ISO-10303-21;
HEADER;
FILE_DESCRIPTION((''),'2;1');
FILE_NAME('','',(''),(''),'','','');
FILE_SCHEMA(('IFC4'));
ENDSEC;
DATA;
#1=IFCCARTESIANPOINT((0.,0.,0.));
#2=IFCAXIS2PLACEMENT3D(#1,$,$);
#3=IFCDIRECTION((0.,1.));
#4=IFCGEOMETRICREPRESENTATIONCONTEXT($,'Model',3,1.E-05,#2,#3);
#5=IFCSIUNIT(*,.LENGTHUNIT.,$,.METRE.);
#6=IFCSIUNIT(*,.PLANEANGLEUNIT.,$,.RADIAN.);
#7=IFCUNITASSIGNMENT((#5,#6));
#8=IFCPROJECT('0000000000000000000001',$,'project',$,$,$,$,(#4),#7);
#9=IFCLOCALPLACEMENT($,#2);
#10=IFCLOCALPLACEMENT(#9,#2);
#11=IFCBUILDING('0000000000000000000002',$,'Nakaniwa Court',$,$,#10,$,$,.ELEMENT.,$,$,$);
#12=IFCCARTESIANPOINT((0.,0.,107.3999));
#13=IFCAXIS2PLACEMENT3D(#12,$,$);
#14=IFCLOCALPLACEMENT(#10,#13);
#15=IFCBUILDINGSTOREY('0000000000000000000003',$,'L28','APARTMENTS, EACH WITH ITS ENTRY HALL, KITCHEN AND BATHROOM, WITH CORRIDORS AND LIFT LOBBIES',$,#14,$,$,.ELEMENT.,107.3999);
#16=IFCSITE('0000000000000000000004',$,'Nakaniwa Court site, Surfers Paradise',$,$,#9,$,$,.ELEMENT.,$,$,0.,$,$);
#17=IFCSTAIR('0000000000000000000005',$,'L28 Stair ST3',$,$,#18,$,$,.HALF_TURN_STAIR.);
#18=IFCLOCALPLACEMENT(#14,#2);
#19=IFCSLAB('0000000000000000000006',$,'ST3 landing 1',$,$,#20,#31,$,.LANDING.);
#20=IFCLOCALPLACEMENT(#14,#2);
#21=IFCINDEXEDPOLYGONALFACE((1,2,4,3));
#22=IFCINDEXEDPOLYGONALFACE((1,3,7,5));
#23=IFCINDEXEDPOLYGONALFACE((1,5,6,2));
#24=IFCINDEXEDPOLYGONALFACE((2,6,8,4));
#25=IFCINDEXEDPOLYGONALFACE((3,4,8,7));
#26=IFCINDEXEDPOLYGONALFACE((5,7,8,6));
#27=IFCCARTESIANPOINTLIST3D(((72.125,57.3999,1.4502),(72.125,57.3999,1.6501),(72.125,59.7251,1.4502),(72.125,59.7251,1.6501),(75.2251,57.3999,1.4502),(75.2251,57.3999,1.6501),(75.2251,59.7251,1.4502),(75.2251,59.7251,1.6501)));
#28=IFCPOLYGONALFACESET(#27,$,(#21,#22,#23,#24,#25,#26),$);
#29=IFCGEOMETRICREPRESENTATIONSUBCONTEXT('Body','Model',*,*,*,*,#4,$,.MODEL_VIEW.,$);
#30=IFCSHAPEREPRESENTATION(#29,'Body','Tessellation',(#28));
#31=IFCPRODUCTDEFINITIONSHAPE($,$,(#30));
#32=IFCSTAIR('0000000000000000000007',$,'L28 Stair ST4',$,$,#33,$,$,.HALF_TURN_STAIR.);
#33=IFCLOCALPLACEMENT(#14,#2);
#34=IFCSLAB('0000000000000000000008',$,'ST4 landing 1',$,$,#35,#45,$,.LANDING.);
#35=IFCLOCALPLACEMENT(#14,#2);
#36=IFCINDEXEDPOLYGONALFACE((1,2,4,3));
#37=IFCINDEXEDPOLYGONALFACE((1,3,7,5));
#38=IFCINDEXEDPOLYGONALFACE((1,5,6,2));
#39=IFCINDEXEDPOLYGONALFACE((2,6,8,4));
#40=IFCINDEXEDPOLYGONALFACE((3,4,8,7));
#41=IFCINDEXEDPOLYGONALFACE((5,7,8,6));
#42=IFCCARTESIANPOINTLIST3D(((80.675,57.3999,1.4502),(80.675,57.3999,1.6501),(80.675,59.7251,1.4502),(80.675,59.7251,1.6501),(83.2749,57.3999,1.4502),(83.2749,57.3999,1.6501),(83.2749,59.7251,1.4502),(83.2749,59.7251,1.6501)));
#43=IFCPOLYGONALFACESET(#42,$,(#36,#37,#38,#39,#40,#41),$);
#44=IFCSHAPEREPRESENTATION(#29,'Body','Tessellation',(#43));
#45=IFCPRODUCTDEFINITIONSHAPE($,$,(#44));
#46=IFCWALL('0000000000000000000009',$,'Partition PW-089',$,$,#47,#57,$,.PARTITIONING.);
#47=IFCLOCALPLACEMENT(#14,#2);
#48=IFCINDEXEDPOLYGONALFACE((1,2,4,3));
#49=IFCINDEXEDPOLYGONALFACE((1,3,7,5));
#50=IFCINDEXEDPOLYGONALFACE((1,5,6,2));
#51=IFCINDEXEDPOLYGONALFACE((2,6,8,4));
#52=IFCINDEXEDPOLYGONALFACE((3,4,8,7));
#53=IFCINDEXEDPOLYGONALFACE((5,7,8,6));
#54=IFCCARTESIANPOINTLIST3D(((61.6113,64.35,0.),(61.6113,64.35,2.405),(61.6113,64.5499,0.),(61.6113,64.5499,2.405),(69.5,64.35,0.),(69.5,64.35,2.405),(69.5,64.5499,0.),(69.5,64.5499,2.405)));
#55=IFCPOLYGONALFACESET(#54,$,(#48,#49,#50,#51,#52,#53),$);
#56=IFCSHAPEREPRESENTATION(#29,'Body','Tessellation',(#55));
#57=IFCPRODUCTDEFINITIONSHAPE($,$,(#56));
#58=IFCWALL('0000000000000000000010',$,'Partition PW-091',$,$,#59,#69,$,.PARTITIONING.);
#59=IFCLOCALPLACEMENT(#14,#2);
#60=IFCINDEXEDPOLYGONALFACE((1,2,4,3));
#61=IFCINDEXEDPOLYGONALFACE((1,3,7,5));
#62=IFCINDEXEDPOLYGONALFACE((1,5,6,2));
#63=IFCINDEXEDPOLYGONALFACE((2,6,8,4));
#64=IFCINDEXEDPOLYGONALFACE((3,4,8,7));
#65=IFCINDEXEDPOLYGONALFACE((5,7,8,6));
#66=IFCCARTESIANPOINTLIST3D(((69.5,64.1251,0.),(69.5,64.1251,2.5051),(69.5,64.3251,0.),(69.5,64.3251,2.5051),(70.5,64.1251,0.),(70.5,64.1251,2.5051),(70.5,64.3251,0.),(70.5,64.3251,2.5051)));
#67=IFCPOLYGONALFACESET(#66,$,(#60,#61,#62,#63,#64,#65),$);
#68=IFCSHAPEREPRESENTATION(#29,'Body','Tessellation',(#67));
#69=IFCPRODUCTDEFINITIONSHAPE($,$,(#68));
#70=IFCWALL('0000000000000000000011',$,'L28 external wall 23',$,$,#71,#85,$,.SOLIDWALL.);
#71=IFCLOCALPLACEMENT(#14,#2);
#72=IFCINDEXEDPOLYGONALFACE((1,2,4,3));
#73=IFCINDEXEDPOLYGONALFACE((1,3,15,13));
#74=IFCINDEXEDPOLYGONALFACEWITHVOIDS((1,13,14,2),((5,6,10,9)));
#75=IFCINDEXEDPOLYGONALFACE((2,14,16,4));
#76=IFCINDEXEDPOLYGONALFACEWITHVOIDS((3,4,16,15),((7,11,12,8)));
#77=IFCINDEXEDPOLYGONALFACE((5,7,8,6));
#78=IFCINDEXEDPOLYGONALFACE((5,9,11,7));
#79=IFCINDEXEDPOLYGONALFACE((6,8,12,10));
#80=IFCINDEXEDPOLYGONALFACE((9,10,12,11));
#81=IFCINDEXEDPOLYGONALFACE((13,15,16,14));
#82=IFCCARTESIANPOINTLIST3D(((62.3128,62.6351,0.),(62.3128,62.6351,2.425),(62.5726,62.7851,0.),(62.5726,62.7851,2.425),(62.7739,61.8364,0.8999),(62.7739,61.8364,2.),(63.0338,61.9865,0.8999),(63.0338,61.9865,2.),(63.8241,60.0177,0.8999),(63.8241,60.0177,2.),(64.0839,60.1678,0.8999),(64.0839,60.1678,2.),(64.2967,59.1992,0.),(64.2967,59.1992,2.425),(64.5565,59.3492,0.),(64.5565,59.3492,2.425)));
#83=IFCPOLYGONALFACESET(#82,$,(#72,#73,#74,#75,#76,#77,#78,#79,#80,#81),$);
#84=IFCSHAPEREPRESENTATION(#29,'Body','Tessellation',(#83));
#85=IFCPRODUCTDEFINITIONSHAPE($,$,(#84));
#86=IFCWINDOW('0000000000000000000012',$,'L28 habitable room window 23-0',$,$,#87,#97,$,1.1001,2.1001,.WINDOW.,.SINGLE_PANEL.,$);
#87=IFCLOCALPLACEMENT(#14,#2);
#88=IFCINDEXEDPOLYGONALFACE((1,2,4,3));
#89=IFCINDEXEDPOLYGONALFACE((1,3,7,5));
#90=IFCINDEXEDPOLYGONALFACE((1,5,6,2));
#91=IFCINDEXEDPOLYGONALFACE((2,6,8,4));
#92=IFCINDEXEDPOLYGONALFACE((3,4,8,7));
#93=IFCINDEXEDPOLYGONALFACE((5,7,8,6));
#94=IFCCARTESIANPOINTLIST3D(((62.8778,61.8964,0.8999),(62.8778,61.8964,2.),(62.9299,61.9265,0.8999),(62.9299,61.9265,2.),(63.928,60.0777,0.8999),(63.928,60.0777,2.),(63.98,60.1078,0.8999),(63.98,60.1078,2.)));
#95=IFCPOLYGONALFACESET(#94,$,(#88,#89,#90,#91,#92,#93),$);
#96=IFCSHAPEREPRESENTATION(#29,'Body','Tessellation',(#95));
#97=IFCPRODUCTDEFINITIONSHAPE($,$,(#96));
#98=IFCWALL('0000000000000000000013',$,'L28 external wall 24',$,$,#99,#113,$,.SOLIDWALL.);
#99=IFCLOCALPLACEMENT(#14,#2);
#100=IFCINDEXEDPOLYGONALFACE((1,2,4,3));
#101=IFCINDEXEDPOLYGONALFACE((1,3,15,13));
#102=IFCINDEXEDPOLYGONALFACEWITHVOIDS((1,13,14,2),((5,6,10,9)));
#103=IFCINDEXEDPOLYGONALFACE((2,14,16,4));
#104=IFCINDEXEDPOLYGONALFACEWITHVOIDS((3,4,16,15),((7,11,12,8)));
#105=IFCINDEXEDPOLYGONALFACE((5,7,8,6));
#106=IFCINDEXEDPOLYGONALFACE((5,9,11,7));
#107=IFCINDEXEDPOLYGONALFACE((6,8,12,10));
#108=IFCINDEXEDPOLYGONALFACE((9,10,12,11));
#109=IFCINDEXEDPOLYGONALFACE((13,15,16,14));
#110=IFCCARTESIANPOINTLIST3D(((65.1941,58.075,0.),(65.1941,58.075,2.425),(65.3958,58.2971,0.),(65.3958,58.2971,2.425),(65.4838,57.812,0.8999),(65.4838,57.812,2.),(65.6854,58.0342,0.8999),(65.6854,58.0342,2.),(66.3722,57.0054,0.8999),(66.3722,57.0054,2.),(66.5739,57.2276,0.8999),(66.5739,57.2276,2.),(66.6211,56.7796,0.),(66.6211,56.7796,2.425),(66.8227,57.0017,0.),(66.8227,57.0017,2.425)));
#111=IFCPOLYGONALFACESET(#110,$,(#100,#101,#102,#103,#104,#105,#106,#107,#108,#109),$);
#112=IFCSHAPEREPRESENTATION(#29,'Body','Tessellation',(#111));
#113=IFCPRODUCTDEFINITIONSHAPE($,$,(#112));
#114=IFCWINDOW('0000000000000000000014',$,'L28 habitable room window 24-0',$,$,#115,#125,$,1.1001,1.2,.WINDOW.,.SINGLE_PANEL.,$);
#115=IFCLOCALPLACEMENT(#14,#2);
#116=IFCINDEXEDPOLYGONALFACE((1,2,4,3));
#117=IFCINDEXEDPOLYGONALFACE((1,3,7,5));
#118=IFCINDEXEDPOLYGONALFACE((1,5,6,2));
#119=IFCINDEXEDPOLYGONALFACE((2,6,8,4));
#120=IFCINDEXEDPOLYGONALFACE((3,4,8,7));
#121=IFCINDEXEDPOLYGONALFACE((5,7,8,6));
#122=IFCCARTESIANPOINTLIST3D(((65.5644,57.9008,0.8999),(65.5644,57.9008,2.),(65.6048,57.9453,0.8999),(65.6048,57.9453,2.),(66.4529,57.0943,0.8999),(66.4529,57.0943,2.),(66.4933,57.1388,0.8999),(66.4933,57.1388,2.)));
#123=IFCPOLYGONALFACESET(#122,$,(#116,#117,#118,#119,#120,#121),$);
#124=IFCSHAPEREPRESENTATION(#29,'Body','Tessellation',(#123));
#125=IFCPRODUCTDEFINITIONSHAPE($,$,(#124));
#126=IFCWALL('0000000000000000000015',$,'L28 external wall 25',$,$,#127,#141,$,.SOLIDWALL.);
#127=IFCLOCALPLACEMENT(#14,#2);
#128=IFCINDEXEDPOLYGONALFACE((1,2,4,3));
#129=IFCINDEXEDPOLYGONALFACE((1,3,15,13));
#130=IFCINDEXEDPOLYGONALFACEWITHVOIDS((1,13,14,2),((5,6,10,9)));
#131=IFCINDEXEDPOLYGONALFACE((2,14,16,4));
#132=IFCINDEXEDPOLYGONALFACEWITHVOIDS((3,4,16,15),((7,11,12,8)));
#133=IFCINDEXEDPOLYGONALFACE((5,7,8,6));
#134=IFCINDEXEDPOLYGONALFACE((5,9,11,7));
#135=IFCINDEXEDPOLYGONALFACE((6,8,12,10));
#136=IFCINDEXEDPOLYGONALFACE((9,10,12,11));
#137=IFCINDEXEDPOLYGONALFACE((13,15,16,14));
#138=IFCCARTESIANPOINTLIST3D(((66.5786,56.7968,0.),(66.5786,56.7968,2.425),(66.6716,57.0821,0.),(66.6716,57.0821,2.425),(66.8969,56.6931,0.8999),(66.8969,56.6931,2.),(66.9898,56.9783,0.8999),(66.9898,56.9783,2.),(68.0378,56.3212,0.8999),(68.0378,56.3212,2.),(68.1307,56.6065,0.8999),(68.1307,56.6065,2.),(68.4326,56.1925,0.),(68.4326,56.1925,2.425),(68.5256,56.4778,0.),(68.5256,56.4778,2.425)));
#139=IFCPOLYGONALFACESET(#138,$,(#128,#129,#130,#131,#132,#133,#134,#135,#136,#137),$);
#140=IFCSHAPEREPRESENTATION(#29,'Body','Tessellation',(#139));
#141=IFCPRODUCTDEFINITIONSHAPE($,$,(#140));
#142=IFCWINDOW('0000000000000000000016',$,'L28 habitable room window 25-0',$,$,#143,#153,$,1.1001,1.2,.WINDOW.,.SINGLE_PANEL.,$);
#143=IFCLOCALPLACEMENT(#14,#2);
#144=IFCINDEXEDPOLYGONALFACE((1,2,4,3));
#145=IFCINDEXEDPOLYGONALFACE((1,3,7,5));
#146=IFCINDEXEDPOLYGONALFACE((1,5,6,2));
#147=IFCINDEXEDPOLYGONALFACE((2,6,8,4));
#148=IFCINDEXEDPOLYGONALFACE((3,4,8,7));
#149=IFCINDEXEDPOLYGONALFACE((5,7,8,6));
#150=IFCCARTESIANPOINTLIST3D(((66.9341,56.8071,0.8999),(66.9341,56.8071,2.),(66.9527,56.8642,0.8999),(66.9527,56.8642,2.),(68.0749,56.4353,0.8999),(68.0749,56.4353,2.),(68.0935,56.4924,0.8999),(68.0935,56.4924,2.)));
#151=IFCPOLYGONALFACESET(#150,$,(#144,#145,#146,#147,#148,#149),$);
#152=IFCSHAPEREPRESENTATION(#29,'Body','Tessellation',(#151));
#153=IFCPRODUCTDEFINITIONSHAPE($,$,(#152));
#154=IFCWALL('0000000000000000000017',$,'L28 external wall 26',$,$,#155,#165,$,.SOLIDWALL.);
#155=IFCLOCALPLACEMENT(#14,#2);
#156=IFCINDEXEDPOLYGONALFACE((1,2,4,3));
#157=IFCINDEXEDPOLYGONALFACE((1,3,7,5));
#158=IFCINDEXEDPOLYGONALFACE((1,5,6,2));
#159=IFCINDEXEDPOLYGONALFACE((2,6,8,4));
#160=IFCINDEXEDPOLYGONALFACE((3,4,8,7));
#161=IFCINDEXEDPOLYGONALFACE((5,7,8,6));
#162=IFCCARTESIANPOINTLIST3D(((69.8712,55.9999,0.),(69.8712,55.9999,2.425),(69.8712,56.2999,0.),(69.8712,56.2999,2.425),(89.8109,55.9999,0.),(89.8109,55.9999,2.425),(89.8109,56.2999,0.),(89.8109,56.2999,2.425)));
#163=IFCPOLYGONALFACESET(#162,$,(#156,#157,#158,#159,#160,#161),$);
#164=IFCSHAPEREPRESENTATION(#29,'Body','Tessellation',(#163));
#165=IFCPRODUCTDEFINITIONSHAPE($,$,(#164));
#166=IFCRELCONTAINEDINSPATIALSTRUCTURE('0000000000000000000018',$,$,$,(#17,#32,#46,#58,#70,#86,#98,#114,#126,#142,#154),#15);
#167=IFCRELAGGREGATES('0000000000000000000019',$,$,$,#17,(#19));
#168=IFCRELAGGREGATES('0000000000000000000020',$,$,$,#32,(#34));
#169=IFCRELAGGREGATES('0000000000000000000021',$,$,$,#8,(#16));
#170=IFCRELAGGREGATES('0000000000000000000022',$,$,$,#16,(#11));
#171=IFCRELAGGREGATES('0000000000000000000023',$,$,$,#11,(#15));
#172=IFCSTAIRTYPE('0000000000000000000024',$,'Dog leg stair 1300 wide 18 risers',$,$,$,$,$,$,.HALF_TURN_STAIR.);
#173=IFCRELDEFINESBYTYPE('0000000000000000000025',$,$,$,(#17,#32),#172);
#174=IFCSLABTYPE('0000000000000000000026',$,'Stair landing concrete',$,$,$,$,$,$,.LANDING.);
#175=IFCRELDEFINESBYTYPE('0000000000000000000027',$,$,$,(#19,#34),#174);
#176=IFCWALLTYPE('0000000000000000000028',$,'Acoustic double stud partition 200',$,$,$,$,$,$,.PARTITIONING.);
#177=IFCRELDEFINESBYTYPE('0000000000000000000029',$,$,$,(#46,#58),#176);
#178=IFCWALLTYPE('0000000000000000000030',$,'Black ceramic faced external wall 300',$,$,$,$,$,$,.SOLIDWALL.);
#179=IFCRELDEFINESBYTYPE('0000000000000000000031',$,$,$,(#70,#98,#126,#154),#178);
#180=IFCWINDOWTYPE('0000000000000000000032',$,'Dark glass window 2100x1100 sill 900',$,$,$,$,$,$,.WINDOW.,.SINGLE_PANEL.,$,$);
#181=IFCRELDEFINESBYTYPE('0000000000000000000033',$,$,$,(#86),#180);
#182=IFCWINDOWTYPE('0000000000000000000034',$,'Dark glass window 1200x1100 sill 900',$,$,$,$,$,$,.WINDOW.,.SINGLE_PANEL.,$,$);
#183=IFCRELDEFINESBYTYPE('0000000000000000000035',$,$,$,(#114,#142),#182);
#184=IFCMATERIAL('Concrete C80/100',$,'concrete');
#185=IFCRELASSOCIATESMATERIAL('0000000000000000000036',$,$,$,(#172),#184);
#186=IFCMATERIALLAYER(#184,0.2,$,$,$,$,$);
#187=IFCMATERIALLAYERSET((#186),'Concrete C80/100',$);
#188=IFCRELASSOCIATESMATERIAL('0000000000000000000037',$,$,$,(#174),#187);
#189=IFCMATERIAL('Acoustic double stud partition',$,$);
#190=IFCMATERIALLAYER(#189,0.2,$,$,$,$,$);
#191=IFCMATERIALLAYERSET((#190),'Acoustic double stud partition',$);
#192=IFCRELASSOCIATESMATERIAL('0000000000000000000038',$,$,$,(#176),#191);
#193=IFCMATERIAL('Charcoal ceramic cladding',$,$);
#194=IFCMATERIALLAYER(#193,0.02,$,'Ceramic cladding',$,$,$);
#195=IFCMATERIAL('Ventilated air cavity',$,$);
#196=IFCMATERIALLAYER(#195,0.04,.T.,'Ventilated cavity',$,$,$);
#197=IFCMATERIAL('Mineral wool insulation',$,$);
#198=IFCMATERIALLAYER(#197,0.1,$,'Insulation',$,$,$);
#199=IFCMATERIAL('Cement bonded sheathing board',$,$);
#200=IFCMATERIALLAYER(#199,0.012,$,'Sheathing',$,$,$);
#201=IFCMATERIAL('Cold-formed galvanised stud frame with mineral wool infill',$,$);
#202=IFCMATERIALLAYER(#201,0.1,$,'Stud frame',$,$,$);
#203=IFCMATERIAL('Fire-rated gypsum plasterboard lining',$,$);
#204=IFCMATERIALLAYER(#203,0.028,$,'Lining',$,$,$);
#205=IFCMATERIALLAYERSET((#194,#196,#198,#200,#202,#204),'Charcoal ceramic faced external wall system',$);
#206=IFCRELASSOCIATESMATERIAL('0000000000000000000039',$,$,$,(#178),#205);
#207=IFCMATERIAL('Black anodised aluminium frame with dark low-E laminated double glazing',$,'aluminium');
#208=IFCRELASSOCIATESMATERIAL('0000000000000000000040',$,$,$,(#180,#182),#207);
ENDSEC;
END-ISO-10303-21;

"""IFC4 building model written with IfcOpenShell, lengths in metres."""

from ifc_helpers import new_model, si_unit, direction, frame, frame_2d, origin, place, context, subcontext, project, spatial, polyline, rectangle, outline, extrude, material, layer, layer_set, type_object, element, fill, aggregate, save


model = new_model("IFC4")

# Units and contexts
model_context = context("Model", 3, precision=1e-05, world=origin(), true_north=direction((0.0, 1.0)))
body_context = subcontext(model_context, "Body", "Model", "MODEL_VIEW")
ifc_project = project(units=[si_unit("LENGTHUNIT", "METRE"), si_unit("PLANEANGLEUNIT", "RADIAN")], contexts=[model_context])

# Site, building, storey
site_placement = place(None, origin())
site = spatial("IfcSite", under=ifc_project, at=site_placement, Name="Nakaniwa Court site, Surfers Paradise", CompositionType="ELEMENT", RefElevation=0.0)
building_placement = place(site_placement, origin())
building = spatial("IfcBuilding", under=site, at=building_placement, Name="Nakaniwa Court", CompositionType="ELEMENT")
storey_placement = place(building_placement, frame((0.0, 0.0, 107.3999)))
storey = spatial("IfcBuildingStorey", under=building, at=storey_placement, Name="L28", Description="APARTMENTS, EACH WITH ITS ENTRY HALL, KITCHEN AND BATHROOM, WITH CORRIDORS AND LIFT LOBBIES", CompositionType="ELEMENT", Elevation=107.3999)

# Shared definitions
ifc_material_1 = material(Name="Concrete C80/100", Category="concrete")

# Stairs, slabs
stair_type = type_object("IfcStairType", Name="Dog leg stair 1300 wide 18 risers", PredefinedType="HALF_TURN_STAIR", material=ifc_material_1)
ifc_layer_1 = layer(ifc_material_1, 0.2)
ifc_layer_set_1 = layer_set([ifc_layer_1], Name="Concrete C80/100")
slab_type_1 = type_object("IfcSlabType", Name="Stair landing concrete", PredefinedType="LANDING", material=ifc_layer_set_1)
stair_1_placement = place(storey_placement, origin())
stair_1 = element("IfcStair", 1, at=stair_1_placement, inside=storey, type_object=stair_type, Name="L28 Stair ST3", PredefinedType="HALF_TURN_STAIR")
slab_1_placement = place(storey_placement, frame((0.0, 0.0, 1.4502)))
slab_1 = element("IfcSlab", 2, at=slab_1_placement, type_object=slab_type_1, Name="ST3 landing 1", PredefinedType="LANDING", context=body_context, shape_type="SweptSolid", body=[
    extrude(outline(polyline([(75.2251, 57.3999), (75.2251, 59.7251), (72.125, 59.7251), (72.125, 57.3999), (75.2251, 57.3999)])), origin(), (0.0, 0.0, 1.0), 0.2),
])
aggregate(stair_1, [slab_1])
stair_2_placement = place(storey_placement, origin())
stair_2 = element("IfcStair", 3, at=stair_2_placement, inside=storey, type_object=stair_type, Name="L28 Stair ST4", PredefinedType="HALF_TURN_STAIR")
slab_2_placement = place(storey_placement, frame((0.0, 0.0, 1.4502)))
slab_2 = element("IfcSlab", 4, at=slab_2_placement, type_object=slab_type_1, Name="ST4 landing 1", PredefinedType="LANDING", context=body_context, shape_type="SweptSolid", body=[
    extrude(outline(polyline([(83.2749, 57.3999), (83.2749, 59.7251), (80.675, 59.7251), (80.675, 57.3999), (83.2749, 57.3999)])), origin(), (0.0, 0.0, 1.0), 0.2),
])
aggregate(stair_2, [slab_2])

# Walls
ifc_material_2 = material(Name="Acoustic double stud partition")
ifc_layer_2 = layer(ifc_material_2, 0.2)
ifc_layer_set_2 = layer_set([ifc_layer_2], Name="Acoustic double stud partition")
wall_type_1 = type_object("IfcWallType", Name="Acoustic double stud partition 200", PredefinedType="PARTITIONING", material=ifc_layer_set_2)
wall_1_placement = place(storey_placement, frame((61.6113, 64.45, 0.0), z_axis=(0.0, 0.0, 1.0), x_axis=(1.0, 0.0, 0.0)))
element("IfcWall", 5, at=wall_1_placement, inside=storey, type_object=wall_type_1, Name="Partition PW-089", PredefinedType="PARTITIONING", context=body_context, shape_type="SweptSolid", body=[
    extrude(rectangle(XDim=7.8887, YDim=0.2, at=frame_2d((3.9443, 0.0))), origin(), (0.0, 0.0, 1.0), 2.405),
])
wall_2_placement = place(storey_placement, frame((69.5, 64.2251, 0.0), z_axis=(0.0, 0.0, 1.0), x_axis=(1.0, 0.0, 0.0)))
element("IfcWall", 6, at=wall_2_placement, inside=storey, type_object=wall_type_1, Name="Partition PW-091", PredefinedType="PARTITIONING", context=body_context, shape_type="SweptSolid", body=[
    extrude(rectangle(XDim=1.0, YDim=0.2, at=frame_2d((0.5, 0.0))), origin(), (0.0, 0.0, 1.0), 2.5051),
])

# Walls, openings, windows
ifc_material_3 = material(Name="Charcoal ceramic cladding")
ifc_layer_3 = layer(ifc_material_3, 0.02, Name="Ceramic cladding")
ifc_material_4 = material(Name="Ventilated air cavity")
ifc_layer_4 = layer(ifc_material_4, 0.04, ventilated=True, Name="Ventilated cavity")
ifc_material_5 = material(Name="Mineral wool insulation")
ifc_layer_5 = layer(ifc_material_5, 0.1, Name="Insulation")
ifc_material_6 = material(Name="Cement bonded sheathing board")
ifc_layer_6 = layer(ifc_material_6, 0.012, Name="Sheathing")
ifc_material_7 = material(Name="Cold-formed galvanised stud frame with mineral wool infill")
ifc_layer_7 = layer(ifc_material_7, 0.1, Name="Stud frame")
ifc_material_8 = material(Name="Fire-rated gypsum plasterboard lining")
ifc_layer_8 = layer(ifc_material_8, 0.028, Name="Lining")
ifc_layer_set_3 = layer_set([ifc_layer_3, ifc_layer_4, ifc_layer_5, ifc_layer_6, ifc_layer_7, ifc_layer_8], Name="Charcoal ceramic faced external wall system")
wall_type_2 = type_object("IfcWallType", Name="Black ceramic faced external wall 300", PredefinedType="SOLIDWALL", material=ifc_layer_set_3)
wall_3_placement = place(storey_placement, frame((62.4426, 62.7102, 0.0), z_axis=(0.0, 0.0, 1.0), x_axis=(0.500044, -0.866, 0.0)))
wall_3 = element("IfcWall", 7, at=wall_3_placement, inside=storey, type_object=wall_type_2, Name="L28 external wall 23", PredefinedType="SOLIDWALL", context=body_context, shape_type="SweptSolid", body=[
    extrude(rectangle(XDim=3.9675, YDim=0.3, at=frame_2d((1.9839, 0.0))), origin(), (0.0, 0.0, 1.0), 2.425),
])
opening_1_placement = place(wall_3_placement, frame((0.9224, 0.0, 0.8999)))
opening_1 = element("IfcOpeningElement", 8, at=opening_1_placement, cuts=wall_3, PredefinedType="OPENING", context=body_context, shape_type="SweptSolid", body=[
    extrude(rectangle(XDim=2.1001, YDim=1.1001, at=frame_2d((1.05, 0.55))), frame((0.0, 0.1599, 0.0), z_axis=(0.0, -1.0, 0.0), x_axis=(1.0, 0.0, 0.0)), (0.0, 0.0, 1.0), 0.3201),
])
ifc_material_9 = material(Name="Black anodised aluminium frame with dark low-E laminated double glazing", Category="aluminium")
window_type_1 = type_object("IfcWindowType", Name="Dark glass window 2100x1100 sill 900", PartitioningType="SINGLE_PANEL", PredefinedType="WINDOW", material=ifc_material_9)
window_1_placement = place(opening_1_placement, origin())
window_1 = element("IfcWindow", 9, at=window_1_placement, inside=storey, type_object=window_type_1, Name="L28 habitable room window 23-0", OverallHeight=1.1001, OverallWidth=2.1001, PartitioningType="SINGLE_PANEL", PredefinedType="WINDOW", context=body_context, shape_type="SweptSolid", body=[
    extrude(rectangle(XDim=2.1001, YDim=1.1001, at=frame_2d((1.05, 0.55))), frame((0.0, 0.03, 0.0), z_axis=(0.0, -1.0, 0.0), x_axis=(1.0, 0.0, 0.0)), (0.0, 0.0, 1.0), 0.0601),
])
fill(opening_1, window_1)
wall_4_placement = place(storey_placement, frame((65.2949, 58.186, 0.0), z_axis=(0.0, 0.0, 1.0), x_axis=(0.740421, -0.672143, 0.0)))
wall_4 = element("IfcWall", 10, at=wall_4_placement, inside=storey, type_object=wall_type_2, Name="L28 external wall 24", PredefinedType="SOLIDWALL", context=body_context, shape_type="SweptSolid", body=[
    extrude(rectangle(XDim=1.9272, YDim=0.3, at=frame_2d((0.9636, 0.0))), origin(), (0.0, 0.0, 1.0), 2.425),
])
opening_2_placement = place(wall_4_placement, frame((0.3911, 0.0, 0.8999)))
opening_2 = element("IfcOpeningElement", 11, at=opening_2_placement, cuts=wall_4, PredefinedType="OPENING", context=body_context, shape_type="SweptSolid", body=[
    extrude(rectangle(XDim=1.2, YDim=1.1001, at=frame_2d((0.6001, 0.55))), frame((0.0, 0.1599, 0.0), z_axis=(0.0, -1.0, 0.0), x_axis=(1.0, 0.0, 0.0)), (0.0, 0.0, 1.0), 0.3201),
])
window_type_2 = type_object("IfcWindowType", Name="Dark glass window 1200x1100 sill 900", PartitioningType="SINGLE_PANEL", PredefinedType="WINDOW", material=ifc_material_9)
window_2_placement = place(opening_2_placement, origin())
window_2 = element("IfcWindow", 12, at=window_2_placement, inside=storey, type_object=window_type_2, Name="L28 habitable room window 24-0", OverallHeight=1.1001, OverallWidth=1.2, PartitioningType="SINGLE_PANEL", PredefinedType="WINDOW", context=body_context, shape_type="SweptSolid", body=[
    extrude(rectangle(XDim=1.2, YDim=1.1001, at=frame_2d((0.6001, 0.55))), frame((0.0, 0.03, 0.0), z_axis=(0.0, -1.0, 0.0), x_axis=(1.0, 0.0, 0.0)), (0.0, 0.0, 1.0), 0.0601),
])
fill(opening_2, window_2)
wall_5_placement = place(storey_placement, frame((66.625, 56.9395, 0.0), z_axis=(0.0, 0.0, 1.0), x_axis=(0.950778, -0.309873, 0.0)))
wall_5 = element("IfcWall", 13, at=wall_5_placement, inside=storey, type_object=wall_type_2, Name="L28 external wall 25", PredefinedType="SOLIDWALL", context=body_context, shape_type="SweptSolid", body=[
    extrude(rectangle(XDim=1.95, YDim=0.3, at=frame_2d((0.9751, 0.0))), origin(), (0.0, 0.0, 1.0), 2.425),
])
opening_3_placement = place(wall_5_placement, frame((0.3347, 0.0, 0.8999)))
opening_3 = element("IfcOpeningElement", 14, at=opening_3_placement, cuts=wall_5, PredefinedType="OPENING", context=body_context, shape_type="SweptSolid", body=[
    extrude(rectangle(XDim=1.2, YDim=1.1001, at=frame_2d((0.6001, 0.55))), frame((0.0, 0.1599, 0.0), z_axis=(0.0, -1.0, 0.0), x_axis=(1.0, 0.0, 0.0)), (0.0, 0.0, 1.0), 0.3201),
])
window_3_placement = place(opening_3_placement, origin())
window_3 = element("IfcWindow", 15, at=window_3_placement, inside=storey, type_object=window_type_2, Name="L28 habitable room window 25-0", OverallHeight=1.1001, OverallWidth=1.2, PartitioningType="SINGLE_PANEL", PredefinedType="WINDOW", context=body_context, shape_type="SweptSolid", body=[
    extrude(rectangle(XDim=1.2, YDim=1.1001, at=frame_2d((0.6001, 0.55))), frame((0.0, 0.03, 0.0), z_axis=(0.0, -1.0, 0.0), x_axis=(1.0, 0.0, 0.0)), (0.0, 0.0, 1.0), 0.0601),
])
fill(opening_3, window_3)

# Wall
wall_6_placement = place(storey_placement, frame((69.8713, 56.1499, 0.0), z_axis=(0.0, 0.0, 1.0), x_axis=(1.0, 0.0, 0.0)))
element("IfcWall", 16, at=wall_6_placement, inside=storey, type_object=wall_type_2, Name="L28 external wall 26", PredefinedType="SOLIDWALL", context=body_context, shape_type="SweptSolid", body=[
    extrude(rectangle(XDim=19.9397, YDim=0.3, at=frame_2d((9.9697, 0.0))), origin(), (0.0, 0.0, 1.0), 2.425),
])

save(model, "model.ifc")
